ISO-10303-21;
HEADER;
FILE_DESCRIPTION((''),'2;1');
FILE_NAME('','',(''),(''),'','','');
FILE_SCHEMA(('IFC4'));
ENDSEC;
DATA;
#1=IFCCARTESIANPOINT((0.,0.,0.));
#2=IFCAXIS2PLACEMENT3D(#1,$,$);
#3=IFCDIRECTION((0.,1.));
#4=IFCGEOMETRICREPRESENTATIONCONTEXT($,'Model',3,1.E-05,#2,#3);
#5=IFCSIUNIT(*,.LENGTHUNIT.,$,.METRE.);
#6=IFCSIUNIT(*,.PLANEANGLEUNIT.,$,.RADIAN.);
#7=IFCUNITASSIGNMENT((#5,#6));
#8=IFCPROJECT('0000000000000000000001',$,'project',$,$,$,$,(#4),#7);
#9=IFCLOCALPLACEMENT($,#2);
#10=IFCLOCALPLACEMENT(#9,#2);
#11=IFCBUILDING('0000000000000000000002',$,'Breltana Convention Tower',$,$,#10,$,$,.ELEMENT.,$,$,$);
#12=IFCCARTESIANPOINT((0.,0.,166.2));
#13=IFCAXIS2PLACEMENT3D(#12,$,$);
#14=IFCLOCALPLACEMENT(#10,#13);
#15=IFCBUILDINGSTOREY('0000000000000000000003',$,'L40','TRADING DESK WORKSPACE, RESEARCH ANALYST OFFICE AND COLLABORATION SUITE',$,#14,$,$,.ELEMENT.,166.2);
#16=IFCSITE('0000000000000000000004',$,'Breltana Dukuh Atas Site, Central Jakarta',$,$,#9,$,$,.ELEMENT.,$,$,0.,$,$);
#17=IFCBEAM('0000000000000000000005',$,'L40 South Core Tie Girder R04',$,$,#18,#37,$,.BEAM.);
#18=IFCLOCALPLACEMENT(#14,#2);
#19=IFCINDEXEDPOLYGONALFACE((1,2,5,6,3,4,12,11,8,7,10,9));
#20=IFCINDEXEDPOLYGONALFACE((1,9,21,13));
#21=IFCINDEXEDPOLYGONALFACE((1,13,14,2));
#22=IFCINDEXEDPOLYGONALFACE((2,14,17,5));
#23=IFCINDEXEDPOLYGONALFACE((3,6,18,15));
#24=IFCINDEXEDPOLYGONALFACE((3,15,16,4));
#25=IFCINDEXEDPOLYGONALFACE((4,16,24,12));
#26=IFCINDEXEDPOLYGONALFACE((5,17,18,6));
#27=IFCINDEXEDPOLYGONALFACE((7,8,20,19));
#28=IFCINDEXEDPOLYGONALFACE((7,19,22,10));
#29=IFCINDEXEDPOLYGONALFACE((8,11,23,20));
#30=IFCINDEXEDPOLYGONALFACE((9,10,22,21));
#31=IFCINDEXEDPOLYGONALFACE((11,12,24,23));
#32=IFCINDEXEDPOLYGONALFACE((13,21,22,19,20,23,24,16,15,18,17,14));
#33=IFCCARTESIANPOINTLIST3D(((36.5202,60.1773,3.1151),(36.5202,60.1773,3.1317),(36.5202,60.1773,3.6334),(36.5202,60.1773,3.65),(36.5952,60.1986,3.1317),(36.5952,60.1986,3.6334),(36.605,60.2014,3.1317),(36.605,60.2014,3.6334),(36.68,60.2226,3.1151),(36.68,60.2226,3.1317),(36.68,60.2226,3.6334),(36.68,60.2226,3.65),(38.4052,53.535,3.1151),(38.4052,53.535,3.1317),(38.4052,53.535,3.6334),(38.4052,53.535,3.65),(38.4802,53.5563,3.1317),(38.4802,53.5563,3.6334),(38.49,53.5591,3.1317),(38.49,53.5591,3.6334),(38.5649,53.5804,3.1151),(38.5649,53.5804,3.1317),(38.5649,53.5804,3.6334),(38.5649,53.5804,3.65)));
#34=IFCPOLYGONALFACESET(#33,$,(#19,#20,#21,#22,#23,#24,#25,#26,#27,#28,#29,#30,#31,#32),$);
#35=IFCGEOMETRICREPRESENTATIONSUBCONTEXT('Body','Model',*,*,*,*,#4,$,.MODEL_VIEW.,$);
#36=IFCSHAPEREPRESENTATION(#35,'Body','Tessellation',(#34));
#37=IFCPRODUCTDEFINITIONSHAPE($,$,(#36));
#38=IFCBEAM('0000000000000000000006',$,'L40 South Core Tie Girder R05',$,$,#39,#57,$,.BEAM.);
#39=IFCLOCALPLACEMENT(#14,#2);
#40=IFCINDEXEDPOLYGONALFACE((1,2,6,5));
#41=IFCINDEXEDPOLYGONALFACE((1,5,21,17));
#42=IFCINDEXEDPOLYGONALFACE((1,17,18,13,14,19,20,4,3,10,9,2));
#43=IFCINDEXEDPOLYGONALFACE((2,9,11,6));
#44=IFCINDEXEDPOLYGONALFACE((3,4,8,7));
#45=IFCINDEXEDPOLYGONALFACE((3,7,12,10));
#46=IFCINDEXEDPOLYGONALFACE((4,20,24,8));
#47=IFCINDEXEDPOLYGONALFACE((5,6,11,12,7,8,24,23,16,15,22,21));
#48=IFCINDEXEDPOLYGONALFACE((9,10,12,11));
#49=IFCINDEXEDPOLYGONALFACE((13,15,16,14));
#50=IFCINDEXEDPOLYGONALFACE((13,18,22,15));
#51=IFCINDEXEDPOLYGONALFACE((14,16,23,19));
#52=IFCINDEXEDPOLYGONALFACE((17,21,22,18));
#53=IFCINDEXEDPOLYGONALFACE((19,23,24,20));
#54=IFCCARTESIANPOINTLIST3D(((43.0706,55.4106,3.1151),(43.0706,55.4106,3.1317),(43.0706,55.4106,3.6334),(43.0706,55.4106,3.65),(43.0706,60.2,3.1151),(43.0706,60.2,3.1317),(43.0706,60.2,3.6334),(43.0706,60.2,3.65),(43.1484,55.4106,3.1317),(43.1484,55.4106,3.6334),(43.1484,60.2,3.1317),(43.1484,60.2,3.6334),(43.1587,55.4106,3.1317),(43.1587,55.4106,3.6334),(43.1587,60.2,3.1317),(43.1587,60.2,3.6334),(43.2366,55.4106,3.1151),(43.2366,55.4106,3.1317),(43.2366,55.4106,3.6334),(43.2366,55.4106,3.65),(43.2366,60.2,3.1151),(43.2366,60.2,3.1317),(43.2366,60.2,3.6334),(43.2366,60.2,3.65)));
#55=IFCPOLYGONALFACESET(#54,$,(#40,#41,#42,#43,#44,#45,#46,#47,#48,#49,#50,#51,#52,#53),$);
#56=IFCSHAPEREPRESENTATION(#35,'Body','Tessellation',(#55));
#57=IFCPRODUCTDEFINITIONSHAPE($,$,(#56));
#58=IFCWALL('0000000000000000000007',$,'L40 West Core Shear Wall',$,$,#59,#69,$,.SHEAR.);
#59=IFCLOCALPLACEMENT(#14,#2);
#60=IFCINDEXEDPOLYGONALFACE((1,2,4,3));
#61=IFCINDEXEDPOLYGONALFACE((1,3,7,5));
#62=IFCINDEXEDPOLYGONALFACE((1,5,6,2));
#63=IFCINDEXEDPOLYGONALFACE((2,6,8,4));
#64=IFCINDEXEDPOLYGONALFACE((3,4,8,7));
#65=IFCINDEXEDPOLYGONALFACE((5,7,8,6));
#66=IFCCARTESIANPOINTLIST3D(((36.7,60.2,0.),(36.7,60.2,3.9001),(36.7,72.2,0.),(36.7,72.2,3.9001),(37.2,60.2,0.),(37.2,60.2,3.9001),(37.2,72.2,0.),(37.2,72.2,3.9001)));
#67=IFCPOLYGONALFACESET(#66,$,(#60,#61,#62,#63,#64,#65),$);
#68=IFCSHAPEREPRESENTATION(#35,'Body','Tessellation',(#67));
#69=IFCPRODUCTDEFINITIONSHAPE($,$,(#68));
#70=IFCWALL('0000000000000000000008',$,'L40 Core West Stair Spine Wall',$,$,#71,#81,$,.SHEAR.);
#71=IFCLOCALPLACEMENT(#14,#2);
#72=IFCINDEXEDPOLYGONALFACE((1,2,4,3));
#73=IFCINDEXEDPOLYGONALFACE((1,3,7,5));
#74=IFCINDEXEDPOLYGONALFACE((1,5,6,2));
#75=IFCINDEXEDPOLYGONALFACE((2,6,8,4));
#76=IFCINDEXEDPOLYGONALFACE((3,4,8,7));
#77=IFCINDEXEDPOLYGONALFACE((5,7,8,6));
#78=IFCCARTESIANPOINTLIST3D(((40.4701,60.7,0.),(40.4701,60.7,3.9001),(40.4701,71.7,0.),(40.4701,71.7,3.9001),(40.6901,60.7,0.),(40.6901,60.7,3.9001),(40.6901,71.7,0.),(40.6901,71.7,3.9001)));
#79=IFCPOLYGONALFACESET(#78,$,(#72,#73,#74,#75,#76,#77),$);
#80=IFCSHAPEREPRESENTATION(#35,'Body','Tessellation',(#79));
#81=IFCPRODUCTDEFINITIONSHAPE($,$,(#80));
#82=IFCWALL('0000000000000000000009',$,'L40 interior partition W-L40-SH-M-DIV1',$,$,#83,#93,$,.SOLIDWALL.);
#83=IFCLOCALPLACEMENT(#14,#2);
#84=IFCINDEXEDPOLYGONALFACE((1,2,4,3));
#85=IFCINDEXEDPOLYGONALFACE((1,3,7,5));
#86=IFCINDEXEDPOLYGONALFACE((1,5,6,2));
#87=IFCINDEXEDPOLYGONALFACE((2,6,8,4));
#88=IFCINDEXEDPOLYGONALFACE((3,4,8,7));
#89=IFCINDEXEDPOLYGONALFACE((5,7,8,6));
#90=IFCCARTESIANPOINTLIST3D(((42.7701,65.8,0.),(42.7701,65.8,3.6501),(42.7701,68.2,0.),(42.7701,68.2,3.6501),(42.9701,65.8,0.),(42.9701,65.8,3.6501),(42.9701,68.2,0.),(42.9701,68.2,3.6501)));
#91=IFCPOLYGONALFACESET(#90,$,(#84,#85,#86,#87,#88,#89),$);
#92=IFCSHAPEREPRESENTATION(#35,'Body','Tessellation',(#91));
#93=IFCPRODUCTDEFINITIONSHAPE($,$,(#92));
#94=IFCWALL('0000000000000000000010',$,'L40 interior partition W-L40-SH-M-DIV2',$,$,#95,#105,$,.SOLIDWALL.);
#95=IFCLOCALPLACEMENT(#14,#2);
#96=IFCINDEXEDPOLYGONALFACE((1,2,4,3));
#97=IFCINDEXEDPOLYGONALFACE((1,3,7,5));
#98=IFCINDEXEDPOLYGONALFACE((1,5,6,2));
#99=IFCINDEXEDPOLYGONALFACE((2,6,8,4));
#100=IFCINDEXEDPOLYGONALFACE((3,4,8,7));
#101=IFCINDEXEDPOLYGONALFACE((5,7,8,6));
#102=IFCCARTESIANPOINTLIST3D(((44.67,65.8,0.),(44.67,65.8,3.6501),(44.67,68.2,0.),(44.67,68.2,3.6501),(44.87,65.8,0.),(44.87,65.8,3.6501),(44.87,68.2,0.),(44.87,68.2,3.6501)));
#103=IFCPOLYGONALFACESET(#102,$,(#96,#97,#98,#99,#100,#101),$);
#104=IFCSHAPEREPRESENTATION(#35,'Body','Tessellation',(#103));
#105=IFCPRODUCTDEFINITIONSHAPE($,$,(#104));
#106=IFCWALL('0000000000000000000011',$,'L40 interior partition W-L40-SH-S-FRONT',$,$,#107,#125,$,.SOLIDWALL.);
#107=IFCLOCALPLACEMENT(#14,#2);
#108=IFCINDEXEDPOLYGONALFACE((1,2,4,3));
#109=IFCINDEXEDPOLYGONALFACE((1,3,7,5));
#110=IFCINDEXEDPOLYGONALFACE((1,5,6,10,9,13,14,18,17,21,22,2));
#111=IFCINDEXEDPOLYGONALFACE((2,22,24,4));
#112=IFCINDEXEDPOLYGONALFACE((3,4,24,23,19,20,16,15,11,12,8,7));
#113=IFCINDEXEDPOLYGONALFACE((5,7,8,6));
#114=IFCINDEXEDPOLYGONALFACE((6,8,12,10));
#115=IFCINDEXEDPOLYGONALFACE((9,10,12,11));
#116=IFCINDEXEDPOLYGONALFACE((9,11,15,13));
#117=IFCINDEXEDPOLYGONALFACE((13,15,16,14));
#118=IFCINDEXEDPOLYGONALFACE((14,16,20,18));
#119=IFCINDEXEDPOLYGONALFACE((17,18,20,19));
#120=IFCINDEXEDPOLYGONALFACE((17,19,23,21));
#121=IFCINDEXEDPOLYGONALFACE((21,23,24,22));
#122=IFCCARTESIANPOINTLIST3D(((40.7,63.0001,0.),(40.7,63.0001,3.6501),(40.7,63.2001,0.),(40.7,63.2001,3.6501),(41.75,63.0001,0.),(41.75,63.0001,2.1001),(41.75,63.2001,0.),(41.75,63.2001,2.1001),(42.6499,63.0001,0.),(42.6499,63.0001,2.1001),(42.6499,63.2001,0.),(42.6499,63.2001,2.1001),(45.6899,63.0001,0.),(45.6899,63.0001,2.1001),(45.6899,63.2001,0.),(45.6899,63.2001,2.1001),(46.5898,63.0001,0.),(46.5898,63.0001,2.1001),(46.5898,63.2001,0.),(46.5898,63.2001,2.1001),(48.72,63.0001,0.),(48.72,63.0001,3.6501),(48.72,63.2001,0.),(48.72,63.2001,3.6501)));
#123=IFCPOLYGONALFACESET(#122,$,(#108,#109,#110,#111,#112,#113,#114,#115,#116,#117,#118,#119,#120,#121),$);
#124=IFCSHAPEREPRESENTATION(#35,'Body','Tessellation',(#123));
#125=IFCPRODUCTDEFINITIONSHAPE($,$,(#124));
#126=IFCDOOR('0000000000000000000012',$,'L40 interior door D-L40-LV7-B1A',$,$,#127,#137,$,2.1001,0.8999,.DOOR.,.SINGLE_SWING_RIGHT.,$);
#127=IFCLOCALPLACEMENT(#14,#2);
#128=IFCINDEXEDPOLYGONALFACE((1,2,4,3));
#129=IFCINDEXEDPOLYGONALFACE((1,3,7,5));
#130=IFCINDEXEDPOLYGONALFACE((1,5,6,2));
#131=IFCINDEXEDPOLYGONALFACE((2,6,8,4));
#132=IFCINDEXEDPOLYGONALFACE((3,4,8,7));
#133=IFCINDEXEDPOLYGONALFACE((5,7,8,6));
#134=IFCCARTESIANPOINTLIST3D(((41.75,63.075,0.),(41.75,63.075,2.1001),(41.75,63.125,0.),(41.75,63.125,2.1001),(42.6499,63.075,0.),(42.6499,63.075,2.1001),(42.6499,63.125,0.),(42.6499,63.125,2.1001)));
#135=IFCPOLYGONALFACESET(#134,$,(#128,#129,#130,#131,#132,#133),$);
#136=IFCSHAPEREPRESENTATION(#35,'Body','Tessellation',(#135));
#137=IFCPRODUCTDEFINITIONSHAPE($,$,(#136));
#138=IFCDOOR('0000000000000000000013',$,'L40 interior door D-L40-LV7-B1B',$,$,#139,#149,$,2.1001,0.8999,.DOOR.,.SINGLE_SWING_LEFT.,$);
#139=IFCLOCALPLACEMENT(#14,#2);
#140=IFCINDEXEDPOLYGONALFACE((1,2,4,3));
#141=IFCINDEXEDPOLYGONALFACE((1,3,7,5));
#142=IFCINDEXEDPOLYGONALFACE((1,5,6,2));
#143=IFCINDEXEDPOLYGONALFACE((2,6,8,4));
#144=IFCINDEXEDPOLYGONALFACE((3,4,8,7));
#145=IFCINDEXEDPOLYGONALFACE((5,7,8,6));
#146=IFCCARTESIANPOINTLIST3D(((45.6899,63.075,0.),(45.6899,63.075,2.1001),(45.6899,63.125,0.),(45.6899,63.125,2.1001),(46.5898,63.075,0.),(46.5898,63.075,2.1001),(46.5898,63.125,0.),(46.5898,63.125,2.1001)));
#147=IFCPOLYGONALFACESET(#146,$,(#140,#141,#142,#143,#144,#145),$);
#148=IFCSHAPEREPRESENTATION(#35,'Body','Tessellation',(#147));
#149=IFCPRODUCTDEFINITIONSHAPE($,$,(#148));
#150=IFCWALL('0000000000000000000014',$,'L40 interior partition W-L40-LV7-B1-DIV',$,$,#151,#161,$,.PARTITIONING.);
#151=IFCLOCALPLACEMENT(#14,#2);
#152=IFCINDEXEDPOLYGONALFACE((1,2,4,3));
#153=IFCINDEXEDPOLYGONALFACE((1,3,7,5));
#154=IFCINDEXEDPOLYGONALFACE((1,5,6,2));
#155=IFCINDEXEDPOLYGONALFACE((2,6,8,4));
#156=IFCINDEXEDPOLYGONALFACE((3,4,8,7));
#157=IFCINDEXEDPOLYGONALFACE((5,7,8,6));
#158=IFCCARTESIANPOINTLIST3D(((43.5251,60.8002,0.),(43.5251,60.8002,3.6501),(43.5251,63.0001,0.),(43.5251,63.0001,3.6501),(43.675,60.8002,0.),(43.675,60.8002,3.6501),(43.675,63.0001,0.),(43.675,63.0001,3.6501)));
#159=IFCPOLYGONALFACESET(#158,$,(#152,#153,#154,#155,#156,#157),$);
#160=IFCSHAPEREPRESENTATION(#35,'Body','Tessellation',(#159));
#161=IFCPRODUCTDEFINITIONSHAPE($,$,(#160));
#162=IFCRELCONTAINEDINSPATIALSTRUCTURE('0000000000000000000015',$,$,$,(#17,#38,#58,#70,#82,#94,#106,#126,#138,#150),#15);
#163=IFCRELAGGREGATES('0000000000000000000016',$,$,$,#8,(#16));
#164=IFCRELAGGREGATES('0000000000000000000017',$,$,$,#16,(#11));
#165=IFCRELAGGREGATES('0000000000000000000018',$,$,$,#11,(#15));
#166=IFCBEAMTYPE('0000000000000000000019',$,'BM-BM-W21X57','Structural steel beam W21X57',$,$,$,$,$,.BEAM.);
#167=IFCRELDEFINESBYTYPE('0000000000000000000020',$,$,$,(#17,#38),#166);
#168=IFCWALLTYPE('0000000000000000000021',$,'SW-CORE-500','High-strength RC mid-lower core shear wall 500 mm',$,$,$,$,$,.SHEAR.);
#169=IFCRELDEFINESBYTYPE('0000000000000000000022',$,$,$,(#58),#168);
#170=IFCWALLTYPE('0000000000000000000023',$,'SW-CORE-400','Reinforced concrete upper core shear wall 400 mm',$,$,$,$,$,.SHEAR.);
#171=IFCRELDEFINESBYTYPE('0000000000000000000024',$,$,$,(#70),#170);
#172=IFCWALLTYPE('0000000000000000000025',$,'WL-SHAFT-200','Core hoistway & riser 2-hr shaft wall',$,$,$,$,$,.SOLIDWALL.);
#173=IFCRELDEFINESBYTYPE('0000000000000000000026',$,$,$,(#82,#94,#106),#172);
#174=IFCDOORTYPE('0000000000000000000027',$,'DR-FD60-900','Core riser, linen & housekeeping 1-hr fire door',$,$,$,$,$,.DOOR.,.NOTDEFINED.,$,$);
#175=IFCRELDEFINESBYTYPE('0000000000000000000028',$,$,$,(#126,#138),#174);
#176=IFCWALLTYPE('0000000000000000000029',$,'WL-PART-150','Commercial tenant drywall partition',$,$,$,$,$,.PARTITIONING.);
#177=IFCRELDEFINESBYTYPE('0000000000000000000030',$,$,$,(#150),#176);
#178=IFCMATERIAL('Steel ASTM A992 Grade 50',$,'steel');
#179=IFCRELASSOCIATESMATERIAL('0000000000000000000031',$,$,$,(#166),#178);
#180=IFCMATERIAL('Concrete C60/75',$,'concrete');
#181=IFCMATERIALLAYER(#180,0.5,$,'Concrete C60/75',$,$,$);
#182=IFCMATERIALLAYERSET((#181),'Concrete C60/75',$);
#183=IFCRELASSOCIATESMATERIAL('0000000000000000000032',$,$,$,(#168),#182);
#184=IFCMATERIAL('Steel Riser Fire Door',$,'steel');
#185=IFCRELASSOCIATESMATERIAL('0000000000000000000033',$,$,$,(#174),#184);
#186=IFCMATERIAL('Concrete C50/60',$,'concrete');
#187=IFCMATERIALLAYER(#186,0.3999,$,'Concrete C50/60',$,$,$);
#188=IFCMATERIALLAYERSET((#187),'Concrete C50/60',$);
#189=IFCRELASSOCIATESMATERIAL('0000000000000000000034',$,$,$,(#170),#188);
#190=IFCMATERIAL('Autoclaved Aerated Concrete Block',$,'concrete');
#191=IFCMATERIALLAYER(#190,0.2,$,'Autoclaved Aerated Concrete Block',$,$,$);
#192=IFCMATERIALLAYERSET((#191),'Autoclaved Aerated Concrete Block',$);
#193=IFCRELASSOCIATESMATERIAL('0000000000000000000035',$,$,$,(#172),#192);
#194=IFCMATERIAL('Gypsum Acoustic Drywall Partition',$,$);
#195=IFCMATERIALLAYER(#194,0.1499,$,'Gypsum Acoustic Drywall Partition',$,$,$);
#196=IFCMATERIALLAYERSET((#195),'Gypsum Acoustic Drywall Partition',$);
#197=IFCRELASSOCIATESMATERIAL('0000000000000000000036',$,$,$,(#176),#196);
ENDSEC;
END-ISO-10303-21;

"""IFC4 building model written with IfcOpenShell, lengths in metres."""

from ifc_helpers import new_model, si_unit, direction, frame, frame_2d, origin, origin_2d, place, context, subcontext, project, spatial, rectangle, i_section, extrude, source, transform, mapped, material, layer, layer_set, material_profile, profile_set, type_object, type_shapes, element, fill, save


model = new_model("IFC4")

# Units and contexts
model_context = context("Model", 3, precision=1e-05, world=origin(), true_north=direction((0.0, 1.0)))
body_context = subcontext(model_context, "Body", "Model", "MODEL_VIEW")
ifc_project = project(units=[si_unit("LENGTHUNIT", "METRE"), si_unit("PLANEANGLEUNIT", "RADIAN")], contexts=[model_context])

# Site, building, storey
site_placement = place(None, origin())
site = spatial("IfcSite", under=ifc_project, at=site_placement, Name="Breltana Dukuh Atas Site, Central Jakarta", CompositionType="ELEMENT", RefElevation=0.0)
building_placement = place(site_placement, origin())
building = spatial("IfcBuilding", under=site, at=building_placement, Name="Breltana Convention Tower", CompositionType="ELEMENT")
storey_placement = place(building_placement, frame((0.0, 0.0, 166.2)))
storey = spatial("IfcBuildingStorey", under=building, at=storey_placement, Name="L40", Description="TRADING DESK WORKSPACE, RESEARCH ANALYST OFFICE AND COLLABORATION SUITE", CompositionType="ELEMENT", Elevation=166.2)

# Beams
ifc_material_1 = material(Name="Steel ASTM A992 Grade 50", Category="steel")
ifc_material_profile = material_profile(ifc_material_1, i_section(OverallWidth=0.166, OverallDepth=0.5349, WebThickness=0.0103, FlangeThickness=0.0166, at=origin_2d()), Name="W21X57")
ifc_profile_set = profile_set([ifc_material_profile], Name="Steel ASTM A992 Grade 50")
beam_type = type_object("IfcBeamType", Name="BM-BM-W21X57", Description="Structural steel beam W21X57", PredefinedType="BEAM", material=ifc_profile_set)
shared_shape_1 = source(origin(), body_context, "Body", "SweptSolid", [
    extrude(i_section(OverallWidth=0.166, OverallDepth=0.5349, WebThickness=0.0103, FlangeThickness=0.0166, at=origin_2d()), origin(), (0.0, 0.0, 1.0), 6.9045),
])
type_shapes(beam_type, [shared_shape_1])
beam_1_placement = place(storey_placement, frame((36.6001, 60.2, 3.3826), z_axis=(0.273007, -0.962012, 0.0), x_axis=(0.962012, 0.273007, 0.0)))
element("IfcBeam", 1, at=beam_1_placement, inside=storey, type_object=beam_type, Name="L40 South Core Tie Girder R04", PredefinedType="BEAM", context=body_context, shape_type="MappedRepresentation", body=[
    mapped(shared_shape_1, transform((0.0, 0.0, 0.0), scale=1.0)),
])
shared_shape_2 = source(origin(), body_context, "Body", "SweptSolid", [
    extrude(i_section(OverallWidth=0.166, OverallDepth=0.5349, WebThickness=0.0103, FlangeThickness=0.0166, at=origin_2d()), origin(), (0.0, 0.0, 1.0), 4.7893),
])
beam_2_placement = place(storey_placement, frame((43.1536, 60.2, 3.3826), z_axis=(0.0, -1.0, 0.0), x_axis=(1.0, 0.0, 0.0)))
element("IfcBeam", 2, at=beam_2_placement, inside=storey, type_object=beam_type, Name="L40 South Core Tie Girder R05", PredefinedType="BEAM", context=body_context, shape_type="MappedRepresentation", body=[
    mapped(shared_shape_2, transform((0.0, 0.0, 0.0), scale=1.0)),
])

# Wall
ifc_material_2 = material(Name="Concrete C60/75", Category="concrete")
ifc_layer_1 = layer(ifc_material_2, 0.5, Name="Concrete C60/75")
ifc_layer_set_1 = layer_set([ifc_layer_1], Name="Concrete C60/75")
wall_type_1 = type_object("IfcWallType", Name="SW-CORE-500", Description="High-strength RC mid-lower core shear wall 500 mm", PredefinedType="SHEAR", material=ifc_layer_set_1)
shared_shape_3 = source(origin(), body_context, "Body", "SweptSolid", [
    extrude(rectangle(XDim=12.0, YDim=0.5, at=frame_2d((6.0, 0.0))), origin(), (0.0, 0.0, 1.0), 3.9001),
])
wall_1_placement = place(storey_placement, frame((36.95, 60.2, 0.0), z_axis=(0.0, 0.0, 1.0), x_axis=(0.0, 1.0, 0.0)))
element("IfcWall", 3, at=wall_1_placement, inside=storey, type_object=wall_type_1, Name="L40 West Core Shear Wall", PredefinedType="SHEAR", context=body_context, shape_type="MappedRepresentation", body=[
    mapped(shared_shape_3, transform((0.0, 0.0, 0.0), scale=1.0)),
])

# Shared definitions
ifc_material_3 = material(Name="Steel Riser Fire Door", Category="steel")
door_type_1 = type_object("IfcDoorType", Name="DR-FD60-900", Description="Core riser, linen & housekeeping 1-hr fire door", OperationType="NOTDEFINED", PredefinedType="DOOR", material=ifc_material_3)
shared_shape_4 = source(origin(), body_context, "Body", "SweptSolid", [
    extrude(rectangle(XDim=0.8999, YDim=2.1001, at=frame_2d((0.45, 1.05))), frame((0.0, 0.0249, 0.0), z_axis=(0.0, -1.0, 0.0), x_axis=(1.0, 0.0, 0.0)), (0.0, 0.0, 1.0), 0.05),
])
type_shapes(door_type_1, [shared_shape_4])

# Walls
ifc_material_4 = material(Name="Concrete C50/60", Category="concrete")
ifc_layer_2 = layer(ifc_material_4, 0.3999, Name="Concrete C50/60")
ifc_layer_set_2 = layer_set([ifc_layer_2], Name="Concrete C50/60")
wall_type_2 = type_object("IfcWallType", Name="SW-CORE-400", Description="Reinforced concrete upper core shear wall 400 mm", PredefinedType="SHEAR", material=ifc_layer_set_2)
shared_shape_5 = source(origin(), body_context, "Body", "SweptSolid", [
    extrude(rectangle(XDim=11.0, YDim=0.22, at=frame_2d((5.5, 0.0))), origin(), (0.0, 0.0, 1.0), 3.9001),
])
wall_2_placement = place(storey_placement, frame((40.5801, 60.7, 0.0), z_axis=(0.0, 0.0, 1.0), x_axis=(0.0, 1.0, 0.0)))
element("IfcWall", 4, at=wall_2_placement, inside=storey, type_object=wall_type_2, Name="L40 Core West Stair Spine Wall", PredefinedType="SHEAR", context=body_context, shape_type="MappedRepresentation", body=[
    mapped(shared_shape_5, transform((0.0, 0.0, 0.0), scale=1.0)),
])
ifc_material_5 = material(Name="Autoclaved Aerated Concrete Block", Category="concrete")
ifc_layer_3 = layer(ifc_material_5, 0.2, Name="Autoclaved Aerated Concrete Block")
ifc_layer_set_3 = layer_set([ifc_layer_3], Name="Autoclaved Aerated Concrete Block")
wall_type_3 = type_object("IfcWallType", Name="WL-SHAFT-200", Description="Core hoistway & riser 2-hr shaft wall", PredefinedType="SOLIDWALL", material=ifc_layer_set_3)
shared_shape_6 = source(origin(), body_context, "Body", "SweptSolid", [
    extrude(rectangle(XDim=2.3999, YDim=0.2, at=frame_2d((1.2, 0.0))), origin(), (0.0, 0.0, 1.0), 3.6501),
])
for number, where, z_axis, x_axis, name in (
    (5, (42.8701, 65.8, 0.0), (0.0, 0.0, 1.0), (0.0, 1.0, 0.0), "L40 interior partition W-L40-SH-M-DIV1"),
    (6, (44.77, 65.8, 0.0), (0.0, 0.0, 1.0), (0.0, 1.0, 0.0), "L40 interior partition W-L40-SH-M-DIV2"),
):
    element("IfcWall", number, at=place(storey_placement, frame(where, z_axis=z_axis, x_axis=x_axis)), inside=storey, type_object=wall_type_3, Name=name, PredefinedType="SOLIDWALL", context=body_context, shape_type="MappedRepresentation", body=[
        mapped(shared_shape_6, transform((0.0, 0.0, 0.0), scale=1.0)),
    ])

# Wall, openings, doors
shared_shape_7 = source(origin(), body_context, "Body", "SweptSolid", [
    extrude(rectangle(XDim=8.02, YDim=0.2, at=frame_2d((4.01, 0.0))), origin(), (0.0, 0.0, 1.0), 3.6501),
])
wall_3_placement = place(storey_placement, frame((40.7, 63.1001, 0.0), z_axis=(0.0, 0.0, 1.0), x_axis=(1.0, 0.0, 0.0)))
wall_3 = element("IfcWall", 7, at=wall_3_placement, inside=storey, type_object=wall_type_3, Name="L40 interior partition W-L40-SH-S-FRONT", PredefinedType="SOLIDWALL", context=body_context, shape_type="MappedRepresentation", body=[
    mapped(shared_shape_7, transform((0.0, 0.0, 0.0), scale=1.0)),
])
opening_1_placement = place(wall_3_placement, frame((1.05, 0.0, 0.0)))
opening_1 = element("IfcOpeningElement", 8, at=opening_1_placement, cuts=wall_3, PredefinedType="OPENING", context=body_context, shape_type="SweptSolid", body=[
    extrude(rectangle(XDim=0.8999, YDim=2.1001, at=frame_2d((0.45, 1.05))), frame((0.0, 0.1099, 0.0), z_axis=(0.0, -1.0, 0.0), x_axis=(1.0, 0.0, 0.0)), (0.0, 0.0, 1.0), 0.22),
])
opening_2_placement = place(wall_3_placement, frame((4.99, 0.0, 0.0)))
opening_2 = element("IfcOpeningElement", 9, at=opening_2_placement, cuts=wall_3, PredefinedType="OPENING", context=body_context, shape_type="SweptSolid", body=[
    extrude(rectangle(XDim=0.8999, YDim=2.1001, at=frame_2d((0.45, 1.05))), frame((0.0, 0.1099, 0.0), z_axis=(0.0, -1.0, 0.0), x_axis=(1.0, 0.0, 0.0)), (0.0, 0.0, 1.0), 0.22),
])
door_1_placement = place(opening_1_placement, origin())
door_1 = element("IfcDoor", 10, at=door_1_placement, inside=storey, type_object=door_type_1, Name="L40 interior door D-L40-LV7-B1A", OperationType="SINGLE_SWING_RIGHT", OverallHeight=2.1001, OverallWidth=0.8999, PredefinedType="DOOR", context=body_context, shape_type="MappedRepresentation", body=[
    mapped(shared_shape_4, transform((0.0, 0.0, 0.0), scale=1.0)),
])
fill(opening_1, door_1)
door_2_placement = place(opening_2_placement, origin())
door_2 = element("IfcDoor", 11, at=door_2_placement, inside=storey, type_object=door_type_1, Name="L40 interior door D-L40-LV7-B1B", OperationType="SINGLE_SWING_LEFT", OverallHeight=2.1001, OverallWidth=0.8999, PredefinedType="DOOR", context=body_context, shape_type="MappedRepresentation", body=[
    mapped(shared_shape_4, transform((0.0, 0.0, 0.0), scale=1.0)),
])
fill(opening_2, door_2)

# Wall
ifc_material_6 = material(Name="Gypsum Acoustic Drywall Partition")
ifc_layer_4 = layer(ifc_material_6, 0.1499, Name="Gypsum Acoustic Drywall Partition")
ifc_layer_set_4 = layer_set([ifc_layer_4], Name="Gypsum Acoustic Drywall Partition")
wall_type_4 = type_object("IfcWallType", Name="WL-PART-150", Description="Commercial tenant drywall partition", PredefinedType="PARTITIONING", material=ifc_layer_set_4)
shared_shape_8 = source(origin(), body_context, "Body", "SweptSolid", [
    extrude(rectangle(XDim=2.2, YDim=0.1499, at=frame_2d((1.1001, 0.0))), origin(), (0.0, 0.0, 1.0), 3.6501),
])
wall_4_placement = place(storey_placement, frame((43.6001, 60.8, 0.0), z_axis=(0.0, 0.0, 1.0), x_axis=(0.0, 1.0, 0.0)))
element("IfcWall", 12, at=wall_4_placement, inside=storey, type_object=wall_type_4, Name="L40 interior partition W-L40-LV7-B1-DIV", PredefinedType="PARTITIONING", context=body_context, shape_type="MappedRepresentation", body=[
    mapped(shared_shape_8, transform((0.0, 0.0, 0.0), scale=1.0)),
])

save(model, "model.ifc")
